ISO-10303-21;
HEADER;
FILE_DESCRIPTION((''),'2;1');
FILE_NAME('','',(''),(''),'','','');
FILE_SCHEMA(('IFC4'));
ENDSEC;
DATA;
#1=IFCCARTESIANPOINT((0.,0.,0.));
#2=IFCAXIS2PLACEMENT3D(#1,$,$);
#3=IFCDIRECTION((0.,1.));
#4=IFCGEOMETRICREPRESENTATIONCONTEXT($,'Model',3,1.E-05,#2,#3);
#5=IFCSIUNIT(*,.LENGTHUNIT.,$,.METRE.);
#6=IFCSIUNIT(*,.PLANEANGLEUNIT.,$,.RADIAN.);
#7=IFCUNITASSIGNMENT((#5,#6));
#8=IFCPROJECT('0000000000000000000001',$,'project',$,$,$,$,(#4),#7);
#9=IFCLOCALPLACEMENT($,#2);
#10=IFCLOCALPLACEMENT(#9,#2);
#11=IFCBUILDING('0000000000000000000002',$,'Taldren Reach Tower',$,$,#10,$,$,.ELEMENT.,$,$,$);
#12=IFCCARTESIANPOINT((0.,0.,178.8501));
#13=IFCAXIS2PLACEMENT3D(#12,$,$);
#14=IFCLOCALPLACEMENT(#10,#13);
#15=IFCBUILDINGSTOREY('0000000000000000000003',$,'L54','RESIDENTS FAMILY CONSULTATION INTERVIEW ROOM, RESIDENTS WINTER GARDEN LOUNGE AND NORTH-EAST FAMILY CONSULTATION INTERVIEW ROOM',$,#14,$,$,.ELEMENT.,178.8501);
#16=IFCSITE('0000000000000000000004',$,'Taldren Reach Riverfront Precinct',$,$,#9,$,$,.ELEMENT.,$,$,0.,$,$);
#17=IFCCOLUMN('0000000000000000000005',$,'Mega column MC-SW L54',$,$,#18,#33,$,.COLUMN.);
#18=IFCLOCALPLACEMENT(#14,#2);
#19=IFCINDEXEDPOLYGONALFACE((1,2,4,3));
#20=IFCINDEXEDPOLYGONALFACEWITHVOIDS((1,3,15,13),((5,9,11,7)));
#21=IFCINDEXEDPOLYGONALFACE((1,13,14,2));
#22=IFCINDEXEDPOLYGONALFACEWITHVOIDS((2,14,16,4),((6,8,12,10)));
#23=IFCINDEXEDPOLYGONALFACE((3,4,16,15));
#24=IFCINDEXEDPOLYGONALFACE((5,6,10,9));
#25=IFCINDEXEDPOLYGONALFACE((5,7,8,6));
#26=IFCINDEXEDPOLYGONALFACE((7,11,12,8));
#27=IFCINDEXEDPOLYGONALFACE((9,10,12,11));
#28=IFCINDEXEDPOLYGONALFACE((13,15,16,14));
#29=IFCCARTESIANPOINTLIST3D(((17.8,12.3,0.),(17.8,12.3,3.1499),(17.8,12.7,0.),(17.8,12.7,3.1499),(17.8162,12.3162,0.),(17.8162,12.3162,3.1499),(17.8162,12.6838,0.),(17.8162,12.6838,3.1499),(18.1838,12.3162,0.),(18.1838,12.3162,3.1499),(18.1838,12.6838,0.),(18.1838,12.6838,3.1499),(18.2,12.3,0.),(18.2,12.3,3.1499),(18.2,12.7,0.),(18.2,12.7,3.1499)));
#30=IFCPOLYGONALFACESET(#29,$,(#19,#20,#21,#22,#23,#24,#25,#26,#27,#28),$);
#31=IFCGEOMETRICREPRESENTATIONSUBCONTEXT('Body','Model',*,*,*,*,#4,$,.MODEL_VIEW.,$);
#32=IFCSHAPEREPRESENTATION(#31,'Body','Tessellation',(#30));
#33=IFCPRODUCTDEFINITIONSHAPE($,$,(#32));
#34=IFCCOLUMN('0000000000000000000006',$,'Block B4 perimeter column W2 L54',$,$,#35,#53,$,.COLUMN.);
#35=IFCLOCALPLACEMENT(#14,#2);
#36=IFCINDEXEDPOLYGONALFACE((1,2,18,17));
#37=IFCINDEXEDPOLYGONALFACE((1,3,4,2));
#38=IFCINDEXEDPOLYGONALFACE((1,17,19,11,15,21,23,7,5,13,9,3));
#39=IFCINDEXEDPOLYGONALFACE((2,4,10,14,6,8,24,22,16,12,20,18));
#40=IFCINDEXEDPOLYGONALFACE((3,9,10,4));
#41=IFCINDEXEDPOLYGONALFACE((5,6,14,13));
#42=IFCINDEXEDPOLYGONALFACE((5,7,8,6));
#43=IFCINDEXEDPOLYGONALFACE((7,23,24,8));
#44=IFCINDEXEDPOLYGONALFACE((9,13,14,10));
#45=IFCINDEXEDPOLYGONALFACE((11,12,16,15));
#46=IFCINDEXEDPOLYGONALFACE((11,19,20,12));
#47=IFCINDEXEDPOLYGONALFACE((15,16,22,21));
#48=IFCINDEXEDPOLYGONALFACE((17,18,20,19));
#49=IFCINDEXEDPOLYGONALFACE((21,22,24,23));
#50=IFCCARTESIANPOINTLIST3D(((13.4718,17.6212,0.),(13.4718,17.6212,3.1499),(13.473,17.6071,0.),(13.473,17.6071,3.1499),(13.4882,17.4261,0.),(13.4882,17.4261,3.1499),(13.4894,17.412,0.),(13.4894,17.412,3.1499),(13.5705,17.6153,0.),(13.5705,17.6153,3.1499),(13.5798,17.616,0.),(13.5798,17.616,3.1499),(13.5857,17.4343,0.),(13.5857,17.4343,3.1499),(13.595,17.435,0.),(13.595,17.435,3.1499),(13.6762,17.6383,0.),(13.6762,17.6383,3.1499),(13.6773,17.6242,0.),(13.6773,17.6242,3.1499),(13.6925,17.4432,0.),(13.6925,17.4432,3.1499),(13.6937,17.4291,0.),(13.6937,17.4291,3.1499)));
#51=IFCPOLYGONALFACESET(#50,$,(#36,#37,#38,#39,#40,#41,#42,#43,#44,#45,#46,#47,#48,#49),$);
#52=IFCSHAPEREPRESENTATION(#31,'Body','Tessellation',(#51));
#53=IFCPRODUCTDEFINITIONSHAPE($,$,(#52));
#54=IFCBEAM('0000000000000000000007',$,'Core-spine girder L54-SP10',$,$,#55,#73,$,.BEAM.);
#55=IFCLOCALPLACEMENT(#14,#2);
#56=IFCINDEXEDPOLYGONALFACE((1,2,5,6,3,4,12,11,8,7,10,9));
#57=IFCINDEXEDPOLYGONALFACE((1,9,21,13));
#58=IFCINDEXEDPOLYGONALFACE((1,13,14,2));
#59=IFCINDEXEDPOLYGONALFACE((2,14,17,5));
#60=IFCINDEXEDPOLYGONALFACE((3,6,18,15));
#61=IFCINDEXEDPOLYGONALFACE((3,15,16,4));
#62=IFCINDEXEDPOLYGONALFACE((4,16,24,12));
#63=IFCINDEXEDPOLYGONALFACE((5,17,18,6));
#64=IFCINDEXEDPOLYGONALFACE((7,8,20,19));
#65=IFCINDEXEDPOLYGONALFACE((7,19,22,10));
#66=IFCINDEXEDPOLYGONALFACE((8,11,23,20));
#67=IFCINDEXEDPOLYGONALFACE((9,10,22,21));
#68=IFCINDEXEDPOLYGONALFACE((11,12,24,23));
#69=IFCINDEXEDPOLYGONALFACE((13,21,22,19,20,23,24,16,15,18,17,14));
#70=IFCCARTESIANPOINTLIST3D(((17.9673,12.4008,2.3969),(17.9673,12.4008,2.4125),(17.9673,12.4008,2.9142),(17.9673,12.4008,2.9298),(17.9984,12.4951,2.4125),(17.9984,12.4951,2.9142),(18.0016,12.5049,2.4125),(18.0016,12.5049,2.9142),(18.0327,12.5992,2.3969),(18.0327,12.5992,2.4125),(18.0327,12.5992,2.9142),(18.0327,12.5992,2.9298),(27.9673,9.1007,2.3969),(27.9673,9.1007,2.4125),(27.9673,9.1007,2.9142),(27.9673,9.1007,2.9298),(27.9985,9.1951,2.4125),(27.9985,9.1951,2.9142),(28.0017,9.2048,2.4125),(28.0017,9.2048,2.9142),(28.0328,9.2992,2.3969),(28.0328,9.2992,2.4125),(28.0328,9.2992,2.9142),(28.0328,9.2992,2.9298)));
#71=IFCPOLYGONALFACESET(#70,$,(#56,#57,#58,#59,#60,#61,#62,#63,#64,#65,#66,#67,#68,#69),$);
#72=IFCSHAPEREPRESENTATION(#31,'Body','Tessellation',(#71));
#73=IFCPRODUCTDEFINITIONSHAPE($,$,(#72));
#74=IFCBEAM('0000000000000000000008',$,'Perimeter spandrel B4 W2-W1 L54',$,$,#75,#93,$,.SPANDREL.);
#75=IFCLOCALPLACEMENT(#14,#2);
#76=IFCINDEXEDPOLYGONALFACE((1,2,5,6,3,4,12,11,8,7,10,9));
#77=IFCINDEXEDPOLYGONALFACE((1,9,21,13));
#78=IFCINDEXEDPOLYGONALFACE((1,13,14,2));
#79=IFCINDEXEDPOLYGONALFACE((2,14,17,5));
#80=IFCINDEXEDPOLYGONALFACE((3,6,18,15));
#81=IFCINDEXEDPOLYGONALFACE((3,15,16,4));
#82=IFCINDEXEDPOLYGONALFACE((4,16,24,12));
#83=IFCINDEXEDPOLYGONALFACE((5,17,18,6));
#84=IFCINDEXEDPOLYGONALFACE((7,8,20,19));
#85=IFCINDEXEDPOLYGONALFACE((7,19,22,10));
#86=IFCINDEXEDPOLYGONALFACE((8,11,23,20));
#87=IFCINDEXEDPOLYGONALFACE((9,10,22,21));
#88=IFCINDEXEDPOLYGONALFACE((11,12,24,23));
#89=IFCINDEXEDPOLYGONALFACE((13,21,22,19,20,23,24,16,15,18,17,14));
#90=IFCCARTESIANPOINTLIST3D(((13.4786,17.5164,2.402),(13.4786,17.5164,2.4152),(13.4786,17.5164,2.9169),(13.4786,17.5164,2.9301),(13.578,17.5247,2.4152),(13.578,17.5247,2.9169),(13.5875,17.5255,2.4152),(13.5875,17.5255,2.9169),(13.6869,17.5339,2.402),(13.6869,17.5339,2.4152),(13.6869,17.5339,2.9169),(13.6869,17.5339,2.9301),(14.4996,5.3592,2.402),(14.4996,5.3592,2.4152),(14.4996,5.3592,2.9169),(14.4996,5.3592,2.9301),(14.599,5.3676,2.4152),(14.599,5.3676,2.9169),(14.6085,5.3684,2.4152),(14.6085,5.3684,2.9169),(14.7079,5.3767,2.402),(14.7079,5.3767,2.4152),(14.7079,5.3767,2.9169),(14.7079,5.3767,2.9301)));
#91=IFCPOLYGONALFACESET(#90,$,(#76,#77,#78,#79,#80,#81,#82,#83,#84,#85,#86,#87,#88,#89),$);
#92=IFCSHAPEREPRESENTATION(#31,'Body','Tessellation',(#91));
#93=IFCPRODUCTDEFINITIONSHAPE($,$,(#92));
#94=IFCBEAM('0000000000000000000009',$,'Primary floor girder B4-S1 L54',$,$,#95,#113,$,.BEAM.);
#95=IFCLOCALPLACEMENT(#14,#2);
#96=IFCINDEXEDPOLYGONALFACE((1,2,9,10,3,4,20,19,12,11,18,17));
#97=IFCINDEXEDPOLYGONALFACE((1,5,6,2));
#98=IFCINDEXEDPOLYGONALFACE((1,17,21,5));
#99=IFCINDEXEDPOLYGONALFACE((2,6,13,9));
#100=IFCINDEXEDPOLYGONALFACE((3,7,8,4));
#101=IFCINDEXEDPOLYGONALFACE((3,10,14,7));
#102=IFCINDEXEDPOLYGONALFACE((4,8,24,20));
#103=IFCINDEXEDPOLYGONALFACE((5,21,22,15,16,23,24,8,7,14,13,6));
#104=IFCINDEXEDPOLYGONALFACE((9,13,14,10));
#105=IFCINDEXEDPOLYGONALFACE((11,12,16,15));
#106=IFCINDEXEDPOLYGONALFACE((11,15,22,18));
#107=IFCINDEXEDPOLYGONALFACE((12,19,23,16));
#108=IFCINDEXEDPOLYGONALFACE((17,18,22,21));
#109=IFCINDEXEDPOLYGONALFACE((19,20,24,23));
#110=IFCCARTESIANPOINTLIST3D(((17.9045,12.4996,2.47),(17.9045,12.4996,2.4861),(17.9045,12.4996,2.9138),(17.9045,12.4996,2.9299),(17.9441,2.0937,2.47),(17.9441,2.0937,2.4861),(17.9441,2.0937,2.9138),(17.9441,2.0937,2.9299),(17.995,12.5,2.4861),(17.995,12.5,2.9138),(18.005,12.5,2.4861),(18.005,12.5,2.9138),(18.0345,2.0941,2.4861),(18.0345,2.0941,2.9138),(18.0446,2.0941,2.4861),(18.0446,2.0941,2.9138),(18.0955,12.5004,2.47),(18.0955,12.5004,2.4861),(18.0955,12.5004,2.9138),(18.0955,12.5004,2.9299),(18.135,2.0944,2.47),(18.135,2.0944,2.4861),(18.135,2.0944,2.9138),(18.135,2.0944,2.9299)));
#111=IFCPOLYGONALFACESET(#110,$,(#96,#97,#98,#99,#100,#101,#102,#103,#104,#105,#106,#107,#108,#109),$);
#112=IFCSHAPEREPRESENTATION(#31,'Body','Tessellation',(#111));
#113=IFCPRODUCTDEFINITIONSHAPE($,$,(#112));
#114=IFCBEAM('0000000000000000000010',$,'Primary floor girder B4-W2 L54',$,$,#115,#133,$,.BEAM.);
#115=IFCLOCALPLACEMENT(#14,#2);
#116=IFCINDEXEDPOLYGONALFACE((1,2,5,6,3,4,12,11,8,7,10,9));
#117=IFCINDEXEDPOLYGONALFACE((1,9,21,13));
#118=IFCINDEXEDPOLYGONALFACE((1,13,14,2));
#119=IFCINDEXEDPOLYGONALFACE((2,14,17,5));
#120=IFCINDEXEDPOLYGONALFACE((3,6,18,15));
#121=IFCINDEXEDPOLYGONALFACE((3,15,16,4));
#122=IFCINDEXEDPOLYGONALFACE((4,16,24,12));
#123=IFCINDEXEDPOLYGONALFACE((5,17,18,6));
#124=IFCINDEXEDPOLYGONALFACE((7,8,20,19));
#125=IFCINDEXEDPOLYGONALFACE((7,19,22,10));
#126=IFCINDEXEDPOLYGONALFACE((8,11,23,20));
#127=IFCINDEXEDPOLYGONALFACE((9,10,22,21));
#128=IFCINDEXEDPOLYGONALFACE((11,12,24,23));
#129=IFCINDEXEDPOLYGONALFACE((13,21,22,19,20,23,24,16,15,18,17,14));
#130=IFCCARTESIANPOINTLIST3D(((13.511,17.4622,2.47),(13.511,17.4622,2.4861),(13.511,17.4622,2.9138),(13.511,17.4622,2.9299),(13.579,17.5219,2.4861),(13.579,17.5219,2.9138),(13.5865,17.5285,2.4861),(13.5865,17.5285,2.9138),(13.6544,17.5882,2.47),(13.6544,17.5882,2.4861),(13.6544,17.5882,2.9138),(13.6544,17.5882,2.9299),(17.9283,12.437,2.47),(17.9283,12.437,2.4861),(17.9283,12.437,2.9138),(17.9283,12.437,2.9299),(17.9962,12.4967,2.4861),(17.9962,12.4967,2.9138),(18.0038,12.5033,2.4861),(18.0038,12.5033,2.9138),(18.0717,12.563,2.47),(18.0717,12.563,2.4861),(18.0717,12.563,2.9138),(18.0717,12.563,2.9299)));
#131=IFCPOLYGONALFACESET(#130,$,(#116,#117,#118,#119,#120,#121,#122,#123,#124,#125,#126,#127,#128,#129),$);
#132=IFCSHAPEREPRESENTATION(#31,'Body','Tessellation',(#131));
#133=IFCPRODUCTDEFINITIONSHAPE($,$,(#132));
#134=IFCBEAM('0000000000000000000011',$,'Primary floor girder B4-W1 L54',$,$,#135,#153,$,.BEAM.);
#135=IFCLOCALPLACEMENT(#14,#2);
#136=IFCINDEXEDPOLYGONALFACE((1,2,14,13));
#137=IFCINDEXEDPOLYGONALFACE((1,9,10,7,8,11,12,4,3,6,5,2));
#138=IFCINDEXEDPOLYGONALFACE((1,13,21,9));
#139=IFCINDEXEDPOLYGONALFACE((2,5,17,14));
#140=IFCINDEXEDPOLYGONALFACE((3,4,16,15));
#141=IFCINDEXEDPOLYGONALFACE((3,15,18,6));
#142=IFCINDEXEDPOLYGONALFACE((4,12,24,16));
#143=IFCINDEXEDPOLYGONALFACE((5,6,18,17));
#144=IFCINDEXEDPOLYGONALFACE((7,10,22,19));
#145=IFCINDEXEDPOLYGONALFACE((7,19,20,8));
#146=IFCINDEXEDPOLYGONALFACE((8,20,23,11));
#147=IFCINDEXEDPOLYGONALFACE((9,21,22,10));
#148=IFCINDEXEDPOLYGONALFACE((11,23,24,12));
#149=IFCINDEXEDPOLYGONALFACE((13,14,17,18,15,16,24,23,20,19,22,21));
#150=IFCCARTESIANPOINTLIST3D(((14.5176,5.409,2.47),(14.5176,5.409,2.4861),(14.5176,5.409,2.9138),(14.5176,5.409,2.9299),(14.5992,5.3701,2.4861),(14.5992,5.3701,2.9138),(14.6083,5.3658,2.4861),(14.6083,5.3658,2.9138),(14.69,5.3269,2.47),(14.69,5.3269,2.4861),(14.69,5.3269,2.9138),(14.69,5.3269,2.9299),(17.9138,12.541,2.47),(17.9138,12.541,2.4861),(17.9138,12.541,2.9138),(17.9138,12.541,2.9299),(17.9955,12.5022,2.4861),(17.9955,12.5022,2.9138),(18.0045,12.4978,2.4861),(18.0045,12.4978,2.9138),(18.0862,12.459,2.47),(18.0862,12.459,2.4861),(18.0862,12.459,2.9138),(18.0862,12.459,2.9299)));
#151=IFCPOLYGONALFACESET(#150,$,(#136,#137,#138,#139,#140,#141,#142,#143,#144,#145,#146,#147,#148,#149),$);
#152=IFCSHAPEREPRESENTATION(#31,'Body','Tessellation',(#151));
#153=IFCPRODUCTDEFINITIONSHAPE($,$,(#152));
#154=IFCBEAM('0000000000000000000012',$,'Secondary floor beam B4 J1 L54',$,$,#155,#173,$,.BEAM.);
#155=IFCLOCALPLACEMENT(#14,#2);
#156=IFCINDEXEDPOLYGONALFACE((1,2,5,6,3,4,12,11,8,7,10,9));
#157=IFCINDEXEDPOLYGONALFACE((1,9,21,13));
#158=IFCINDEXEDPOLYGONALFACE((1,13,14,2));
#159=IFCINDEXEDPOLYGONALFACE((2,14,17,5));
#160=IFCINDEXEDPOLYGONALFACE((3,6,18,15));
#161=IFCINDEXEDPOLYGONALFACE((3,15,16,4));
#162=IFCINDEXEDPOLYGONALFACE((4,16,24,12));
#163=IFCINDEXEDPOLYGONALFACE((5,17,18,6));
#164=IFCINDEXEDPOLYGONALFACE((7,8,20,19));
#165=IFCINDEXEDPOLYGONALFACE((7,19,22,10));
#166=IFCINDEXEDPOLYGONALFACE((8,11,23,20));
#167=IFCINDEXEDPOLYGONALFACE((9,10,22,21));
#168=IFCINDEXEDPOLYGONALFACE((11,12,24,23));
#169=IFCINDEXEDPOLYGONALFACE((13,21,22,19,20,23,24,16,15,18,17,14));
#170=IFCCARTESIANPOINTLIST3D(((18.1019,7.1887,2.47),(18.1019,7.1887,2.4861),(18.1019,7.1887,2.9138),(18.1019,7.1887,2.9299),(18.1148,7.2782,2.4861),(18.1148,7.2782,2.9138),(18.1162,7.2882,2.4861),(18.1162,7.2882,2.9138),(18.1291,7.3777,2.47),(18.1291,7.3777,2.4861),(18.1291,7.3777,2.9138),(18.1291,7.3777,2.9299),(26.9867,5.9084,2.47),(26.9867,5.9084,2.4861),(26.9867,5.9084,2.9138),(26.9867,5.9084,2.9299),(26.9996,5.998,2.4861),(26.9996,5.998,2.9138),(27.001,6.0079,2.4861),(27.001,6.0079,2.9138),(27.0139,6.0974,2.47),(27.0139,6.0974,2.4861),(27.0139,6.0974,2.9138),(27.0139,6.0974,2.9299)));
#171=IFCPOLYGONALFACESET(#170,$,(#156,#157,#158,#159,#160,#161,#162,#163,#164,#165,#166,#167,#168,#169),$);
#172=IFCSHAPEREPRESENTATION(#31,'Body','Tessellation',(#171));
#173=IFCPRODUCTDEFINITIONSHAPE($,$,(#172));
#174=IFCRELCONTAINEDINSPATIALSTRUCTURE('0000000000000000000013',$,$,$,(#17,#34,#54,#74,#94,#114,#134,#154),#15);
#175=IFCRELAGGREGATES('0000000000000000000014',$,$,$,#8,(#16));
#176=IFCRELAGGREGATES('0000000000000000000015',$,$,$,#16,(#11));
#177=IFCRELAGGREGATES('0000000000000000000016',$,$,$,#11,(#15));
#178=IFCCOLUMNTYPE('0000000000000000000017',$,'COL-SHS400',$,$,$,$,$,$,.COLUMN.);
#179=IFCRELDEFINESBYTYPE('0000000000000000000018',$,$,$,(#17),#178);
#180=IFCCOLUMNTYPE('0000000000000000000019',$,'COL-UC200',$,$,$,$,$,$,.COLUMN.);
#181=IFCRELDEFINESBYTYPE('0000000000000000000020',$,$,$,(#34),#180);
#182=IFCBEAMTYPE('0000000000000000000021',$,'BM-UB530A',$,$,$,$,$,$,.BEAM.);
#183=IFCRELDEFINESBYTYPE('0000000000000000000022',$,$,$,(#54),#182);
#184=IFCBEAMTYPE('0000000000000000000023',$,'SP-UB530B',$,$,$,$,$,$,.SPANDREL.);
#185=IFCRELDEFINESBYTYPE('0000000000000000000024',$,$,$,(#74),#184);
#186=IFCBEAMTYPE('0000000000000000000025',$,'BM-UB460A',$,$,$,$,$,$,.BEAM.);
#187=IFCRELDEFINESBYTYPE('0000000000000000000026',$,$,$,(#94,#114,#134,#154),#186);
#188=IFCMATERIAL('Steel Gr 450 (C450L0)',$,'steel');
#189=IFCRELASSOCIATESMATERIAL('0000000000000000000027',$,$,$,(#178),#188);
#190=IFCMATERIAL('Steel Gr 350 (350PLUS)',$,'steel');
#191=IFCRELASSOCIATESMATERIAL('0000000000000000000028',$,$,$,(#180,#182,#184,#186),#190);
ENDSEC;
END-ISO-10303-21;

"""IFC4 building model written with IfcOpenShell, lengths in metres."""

from ifc_helpers import new_model, si_unit, direction, frame, origin, origin_2d, place, context, subcontext, project, spatial, hollow_rectangle, i_section, extrude, source, transform, mapped, material, material_profile, profile_set, type_object, element, save


model = new_model("IFC4")

# Units and contexts
model_context = context("Model", 3, precision=1e-05, world=origin(), true_north=direction((0.0, 1.0)))
body_context = subcontext(model_context, "Body", "Model", "MODEL_VIEW")
ifc_project = project(units=[si_unit("LENGTHUNIT", "METRE"), si_unit("PLANEANGLEUNIT", "RADIAN")], contexts=[model_context])

# Site, building, storey
site_placement = place(None, origin())
site = spatial("IfcSite", under=ifc_project, at=site_placement, Name="Taldren Reach Riverfront Precinct", CompositionType="ELEMENT", RefElevation=0.0)
building_placement = place(site_placement, origin())
building = spatial("IfcBuilding", under=site, at=building_placement, Name="Taldren Reach Tower", CompositionType="ELEMENT")
storey_placement = place(building_placement, frame((0.0, 0.0, 178.8501)))
storey = spatial("IfcBuildingStorey", under=building, at=storey_placement, Name="L54", Description="RESIDENTS FAMILY CONSULTATION INTERVIEW ROOM, RESIDENTS WINTER GARDEN LOUNGE AND NORTH-EAST FAMILY CONSULTATION INTERVIEW ROOM", CompositionType="ELEMENT", Elevation=178.8501)

# Columns
ifc_material_1 = material(Name="Steel Gr 450 (C450L0)", Category="steel")
ifc_material_profile_1 = material_profile(ifc_material_1, hollow_rectangle(XDim=0.3999, YDim=0.3999, WallThickness=0.0161, at=origin_2d()), Name="400x400x16.0SHS")
ifc_profile_set_1 = profile_set([ifc_material_profile_1], Name="Steel Gr 450 (C450L0)")
column_type_1 = type_object("IfcColumnType", Name="COL-SHS400", PredefinedType="COLUMN", material=ifc_profile_set_1)
shared_shape_1 = source(origin(), body_context, "Body", "SweptSolid", [
    extrude(hollow_rectangle(XDim=0.3999, YDim=0.3999, WallThickness=0.0161, at=origin_2d()), origin(), (0.0, 0.0, 1.0), 3.1499),
])
column_1_placement = place(storey_placement, frame((18.0, 12.5, 0.0), z_axis=(0.0, 0.0, 1.0), x_axis=(1.0, 0.0, 0.0)))
element("IfcColumn", 1, at=column_1_placement, inside=storey, type_object=column_type_1, Name="Mega column MC-SW L54", PredefinedType="COLUMN", context=body_context, shape_type="MappedRepresentation", body=[
    mapped(shared_shape_1, transform((0.0, 0.0, 0.0), scale=1.0)),
])
ifc_material_2 = material(Name="Steel Gr 350 (350PLUS)", Category="steel")
ifc_material_profile_2 = material_profile(ifc_material_2, i_section(OverallWidth=0.2051, OverallDepth=0.21, WebThickness=0.0093, FlangeThickness=0.0142, at=origin_2d()), Name="200UC59.5")
ifc_profile_set_2 = profile_set([ifc_material_profile_2], Name="Steel Gr 350 (350PLUS)")
column_type_2 = type_object("IfcColumnType", Name="COL-UC200", PredefinedType="COLUMN", material=ifc_profile_set_2)
shared_shape_2 = source(origin(), body_context, "Body", "SweptSolid", [
    extrude(i_section(OverallWidth=0.2051, OverallDepth=0.21, WebThickness=0.0093, FlangeThickness=0.0142, at=origin_2d()), origin(), (0.0, 0.0, 1.0), 3.1499),
])
column_2_placement = place(storey_placement, frame((13.5828, 17.5251, 0.0), z_axis=(0.0, 0.0, 1.0), x_axis=(0.996493, 0.083678, 0.0)))
element("IfcColumn", 2, at=column_2_placement, inside=storey, type_object=column_type_2, Name="Block B4 perimeter column W2 L54", PredefinedType="COLUMN", context=body_context, shape_type="MappedRepresentation", body=[
    mapped(shared_shape_2, transform((0.0, 0.0, 0.0), scale=1.0)),
])

# Beams
ifc_material_profile_3 = material_profile(ifc_material_2, i_section(OverallWidth=0.209, OverallDepth=0.533, WebThickness=0.0103, FlangeThickness=0.0156, at=origin_2d()), Name="530UB92.4")
ifc_profile_set_3 = profile_set([ifc_material_profile_3], Name="Steel Gr 350 (350PLUS)")
beam_type_1 = type_object("IfcBeamType", Name="BM-UB530A", PredefinedType="BEAM", material=ifc_profile_set_3)
shared_shape_3 = source(origin(), body_context, "Body", "SweptSolid", [
    extrude(i_section(OverallWidth=0.209, OverallDepth=0.533, WebThickness=0.0103, FlangeThickness=0.0156, at=origin_2d()), origin(), (0.0, 0.0, 1.0), 10.5305),
])
beam_1_placement = place(storey_placement, frame((18.0, 12.5, 2.6633), z_axis=(0.949627, -0.313382, 0.0), x_axis=(0.313382, 0.949627, 0.0)))
element("IfcBeam", 3, at=beam_1_placement, inside=storey, type_object=beam_type_1, Name="Core-spine girder L54-SP10", PredefinedType="BEAM", context=body_context, shape_type="MappedRepresentation", body=[
    mapped(shared_shape_3, transform((0.0, 0.0, 0.0), scale=1.0)),
])
ifc_material_profile_4 = material_profile(ifc_material_2, i_section(OverallWidth=0.209, OverallDepth=0.5281, WebThickness=0.0095, FlangeThickness=0.0132, at=origin_2d()), Name="530UB82.0")
ifc_profile_set_4 = profile_set([ifc_material_profile_4], Name="Steel Gr 350 (350PLUS)")
beam_type_2 = type_object("IfcBeamType", Name="SP-UB530B", PredefinedType="SPANDREL", material=ifc_profile_set_4)
shared_shape_4 = source(origin(), body_context, "Body", "SweptSolid", [
    extrude(i_section(OverallWidth=0.209, OverallDepth=0.5281, WebThickness=0.0095, FlangeThickness=0.0132, at=origin_2d()), origin(), (0.0, 0.0, 1.0), 12.2),
])
beam_2_placement = place(storey_placement, frame((13.5828, 17.5251, 2.666), z_axis=(0.083688, -0.996492, 0.0), x_axis=(0.996492, 0.083688, 0.0)))
element("IfcBeam", 4, at=beam_2_placement, inside=storey, type_object=beam_type_2, Name="Perimeter spandrel B4 W2-W1 L54", PredefinedType="SPANDREL", context=body_context, shape_type="MappedRepresentation", body=[
    mapped(shared_shape_4, transform((0.0, 0.0, 0.0), scale=1.0)),
])
ifc_material_profile_5 = material_profile(ifc_material_2, i_section(OverallWidth=0.1909, OverallDepth=0.46, WebThickness=0.01, FlangeThickness=0.0161, at=origin_2d()), Name="460UB82.1")
ifc_profile_set_5 = profile_set([ifc_material_profile_5], Name="Steel Gr 350 (350PLUS)")
beam_type_3 = type_object("IfcBeamType", Name="BM-UB460A", PredefinedType="BEAM", material=ifc_profile_set_5)
shared_shape_5 = source(origin(), body_context, "Body", "SweptSolid", [
    extrude(i_section(OverallWidth=0.1909, OverallDepth=0.46, WebThickness=0.01, FlangeThickness=0.0161, at=origin_2d()), origin(), (0.0, 0.0, 1.0), 10.406),
])
beam_3_placement = place(storey_placement, frame((18.0, 12.5, 2.7), z_axis=(0.003801, -0.999993, 0.0), x_axis=(0.999993, 0.003801, 0.0)))
element("IfcBeam", 5, at=beam_3_placement, inside=storey, type_object=beam_type_3, Name="Primary floor girder B4-S1 L54", PredefinedType="BEAM", context=body_context, shape_type="MappedRepresentation", body=[
    mapped(shared_shape_5, transform((0.0, 0.0, 0.0), scale=1.0)),
])
shared_shape_6 = source(origin(), body_context, "Body", "SweptSolid", [
    extrude(i_section(OverallWidth=0.1909, OverallDepth=0.46, WebThickness=0.01, FlangeThickness=0.0161, at=origin_2d()), origin(), (0.0, 0.0, 1.0), 6.6907),
])
beam_4_placement = place(storey_placement, frame((18.0, 12.5, 2.7), z_axis=(-0.660216, 0.751076, 0.0), x_axis=(-0.751076, -0.660216, 0.0)))
element("IfcBeam", 6, at=beam_4_placement, inside=storey, type_object=beam_type_3, Name="Primary floor girder B4-W2 L54", PredefinedType="BEAM", context=body_context, shape_type="MappedRepresentation", body=[
    mapped(shared_shape_6, transform((0.0, 0.0, 0.0), scale=1.0)),
])
shared_shape_7 = source(origin(), body_context, "Body", "SweptSolid", [
    extrude(i_section(OverallWidth=0.1909, OverallDepth=0.46, WebThickness=0.01, FlangeThickness=0.0161, at=origin_2d()), origin(), (0.0, 0.0, 1.0), 7.8994),
])
beam_5_placement = place(storey_placement, frame((18.0, 12.5, 2.7), z_axis=(-0.429935, -0.90286, 0.0), x_axis=(0.90286, -0.429935, 0.0)))
element("IfcBeam", 7, at=beam_5_placement, inside=storey, type_object=beam_type_3, Name="Primary floor girder B4-W1 L54", PredefinedType="BEAM", context=body_context, shape_type="MappedRepresentation", body=[
    mapped(shared_shape_7, transform((0.0, 0.0, 0.0), scale=1.0)),
])
shared_shape_8 = source(origin(), body_context, "Body", "SweptSolid", [
    extrude(i_section(OverallWidth=0.1909, OverallDepth=0.46, WebThickness=0.01, FlangeThickness=0.0161, at=origin_2d()), origin(), (0.0, 0.0, 1.0), 8.9766),
])
beam_6_placement = place(storey_placement, frame((18.1155, 7.2832, 2.7), z_axis=(0.989777, -0.142624, 0.0), x_axis=(0.142624, 0.989777, 0.0)))
element("IfcBeam", 8, at=beam_6_placement, inside=storey, type_object=beam_type_3, Name="Secondary floor beam B4 J1 L54", PredefinedType="BEAM", context=body_context, shape_type="MappedRepresentation", body=[
    mapped(shared_shape_8, transform((0.0, 0.0, 0.0), scale=1.0)),
])

save(model, "model.ifc")
